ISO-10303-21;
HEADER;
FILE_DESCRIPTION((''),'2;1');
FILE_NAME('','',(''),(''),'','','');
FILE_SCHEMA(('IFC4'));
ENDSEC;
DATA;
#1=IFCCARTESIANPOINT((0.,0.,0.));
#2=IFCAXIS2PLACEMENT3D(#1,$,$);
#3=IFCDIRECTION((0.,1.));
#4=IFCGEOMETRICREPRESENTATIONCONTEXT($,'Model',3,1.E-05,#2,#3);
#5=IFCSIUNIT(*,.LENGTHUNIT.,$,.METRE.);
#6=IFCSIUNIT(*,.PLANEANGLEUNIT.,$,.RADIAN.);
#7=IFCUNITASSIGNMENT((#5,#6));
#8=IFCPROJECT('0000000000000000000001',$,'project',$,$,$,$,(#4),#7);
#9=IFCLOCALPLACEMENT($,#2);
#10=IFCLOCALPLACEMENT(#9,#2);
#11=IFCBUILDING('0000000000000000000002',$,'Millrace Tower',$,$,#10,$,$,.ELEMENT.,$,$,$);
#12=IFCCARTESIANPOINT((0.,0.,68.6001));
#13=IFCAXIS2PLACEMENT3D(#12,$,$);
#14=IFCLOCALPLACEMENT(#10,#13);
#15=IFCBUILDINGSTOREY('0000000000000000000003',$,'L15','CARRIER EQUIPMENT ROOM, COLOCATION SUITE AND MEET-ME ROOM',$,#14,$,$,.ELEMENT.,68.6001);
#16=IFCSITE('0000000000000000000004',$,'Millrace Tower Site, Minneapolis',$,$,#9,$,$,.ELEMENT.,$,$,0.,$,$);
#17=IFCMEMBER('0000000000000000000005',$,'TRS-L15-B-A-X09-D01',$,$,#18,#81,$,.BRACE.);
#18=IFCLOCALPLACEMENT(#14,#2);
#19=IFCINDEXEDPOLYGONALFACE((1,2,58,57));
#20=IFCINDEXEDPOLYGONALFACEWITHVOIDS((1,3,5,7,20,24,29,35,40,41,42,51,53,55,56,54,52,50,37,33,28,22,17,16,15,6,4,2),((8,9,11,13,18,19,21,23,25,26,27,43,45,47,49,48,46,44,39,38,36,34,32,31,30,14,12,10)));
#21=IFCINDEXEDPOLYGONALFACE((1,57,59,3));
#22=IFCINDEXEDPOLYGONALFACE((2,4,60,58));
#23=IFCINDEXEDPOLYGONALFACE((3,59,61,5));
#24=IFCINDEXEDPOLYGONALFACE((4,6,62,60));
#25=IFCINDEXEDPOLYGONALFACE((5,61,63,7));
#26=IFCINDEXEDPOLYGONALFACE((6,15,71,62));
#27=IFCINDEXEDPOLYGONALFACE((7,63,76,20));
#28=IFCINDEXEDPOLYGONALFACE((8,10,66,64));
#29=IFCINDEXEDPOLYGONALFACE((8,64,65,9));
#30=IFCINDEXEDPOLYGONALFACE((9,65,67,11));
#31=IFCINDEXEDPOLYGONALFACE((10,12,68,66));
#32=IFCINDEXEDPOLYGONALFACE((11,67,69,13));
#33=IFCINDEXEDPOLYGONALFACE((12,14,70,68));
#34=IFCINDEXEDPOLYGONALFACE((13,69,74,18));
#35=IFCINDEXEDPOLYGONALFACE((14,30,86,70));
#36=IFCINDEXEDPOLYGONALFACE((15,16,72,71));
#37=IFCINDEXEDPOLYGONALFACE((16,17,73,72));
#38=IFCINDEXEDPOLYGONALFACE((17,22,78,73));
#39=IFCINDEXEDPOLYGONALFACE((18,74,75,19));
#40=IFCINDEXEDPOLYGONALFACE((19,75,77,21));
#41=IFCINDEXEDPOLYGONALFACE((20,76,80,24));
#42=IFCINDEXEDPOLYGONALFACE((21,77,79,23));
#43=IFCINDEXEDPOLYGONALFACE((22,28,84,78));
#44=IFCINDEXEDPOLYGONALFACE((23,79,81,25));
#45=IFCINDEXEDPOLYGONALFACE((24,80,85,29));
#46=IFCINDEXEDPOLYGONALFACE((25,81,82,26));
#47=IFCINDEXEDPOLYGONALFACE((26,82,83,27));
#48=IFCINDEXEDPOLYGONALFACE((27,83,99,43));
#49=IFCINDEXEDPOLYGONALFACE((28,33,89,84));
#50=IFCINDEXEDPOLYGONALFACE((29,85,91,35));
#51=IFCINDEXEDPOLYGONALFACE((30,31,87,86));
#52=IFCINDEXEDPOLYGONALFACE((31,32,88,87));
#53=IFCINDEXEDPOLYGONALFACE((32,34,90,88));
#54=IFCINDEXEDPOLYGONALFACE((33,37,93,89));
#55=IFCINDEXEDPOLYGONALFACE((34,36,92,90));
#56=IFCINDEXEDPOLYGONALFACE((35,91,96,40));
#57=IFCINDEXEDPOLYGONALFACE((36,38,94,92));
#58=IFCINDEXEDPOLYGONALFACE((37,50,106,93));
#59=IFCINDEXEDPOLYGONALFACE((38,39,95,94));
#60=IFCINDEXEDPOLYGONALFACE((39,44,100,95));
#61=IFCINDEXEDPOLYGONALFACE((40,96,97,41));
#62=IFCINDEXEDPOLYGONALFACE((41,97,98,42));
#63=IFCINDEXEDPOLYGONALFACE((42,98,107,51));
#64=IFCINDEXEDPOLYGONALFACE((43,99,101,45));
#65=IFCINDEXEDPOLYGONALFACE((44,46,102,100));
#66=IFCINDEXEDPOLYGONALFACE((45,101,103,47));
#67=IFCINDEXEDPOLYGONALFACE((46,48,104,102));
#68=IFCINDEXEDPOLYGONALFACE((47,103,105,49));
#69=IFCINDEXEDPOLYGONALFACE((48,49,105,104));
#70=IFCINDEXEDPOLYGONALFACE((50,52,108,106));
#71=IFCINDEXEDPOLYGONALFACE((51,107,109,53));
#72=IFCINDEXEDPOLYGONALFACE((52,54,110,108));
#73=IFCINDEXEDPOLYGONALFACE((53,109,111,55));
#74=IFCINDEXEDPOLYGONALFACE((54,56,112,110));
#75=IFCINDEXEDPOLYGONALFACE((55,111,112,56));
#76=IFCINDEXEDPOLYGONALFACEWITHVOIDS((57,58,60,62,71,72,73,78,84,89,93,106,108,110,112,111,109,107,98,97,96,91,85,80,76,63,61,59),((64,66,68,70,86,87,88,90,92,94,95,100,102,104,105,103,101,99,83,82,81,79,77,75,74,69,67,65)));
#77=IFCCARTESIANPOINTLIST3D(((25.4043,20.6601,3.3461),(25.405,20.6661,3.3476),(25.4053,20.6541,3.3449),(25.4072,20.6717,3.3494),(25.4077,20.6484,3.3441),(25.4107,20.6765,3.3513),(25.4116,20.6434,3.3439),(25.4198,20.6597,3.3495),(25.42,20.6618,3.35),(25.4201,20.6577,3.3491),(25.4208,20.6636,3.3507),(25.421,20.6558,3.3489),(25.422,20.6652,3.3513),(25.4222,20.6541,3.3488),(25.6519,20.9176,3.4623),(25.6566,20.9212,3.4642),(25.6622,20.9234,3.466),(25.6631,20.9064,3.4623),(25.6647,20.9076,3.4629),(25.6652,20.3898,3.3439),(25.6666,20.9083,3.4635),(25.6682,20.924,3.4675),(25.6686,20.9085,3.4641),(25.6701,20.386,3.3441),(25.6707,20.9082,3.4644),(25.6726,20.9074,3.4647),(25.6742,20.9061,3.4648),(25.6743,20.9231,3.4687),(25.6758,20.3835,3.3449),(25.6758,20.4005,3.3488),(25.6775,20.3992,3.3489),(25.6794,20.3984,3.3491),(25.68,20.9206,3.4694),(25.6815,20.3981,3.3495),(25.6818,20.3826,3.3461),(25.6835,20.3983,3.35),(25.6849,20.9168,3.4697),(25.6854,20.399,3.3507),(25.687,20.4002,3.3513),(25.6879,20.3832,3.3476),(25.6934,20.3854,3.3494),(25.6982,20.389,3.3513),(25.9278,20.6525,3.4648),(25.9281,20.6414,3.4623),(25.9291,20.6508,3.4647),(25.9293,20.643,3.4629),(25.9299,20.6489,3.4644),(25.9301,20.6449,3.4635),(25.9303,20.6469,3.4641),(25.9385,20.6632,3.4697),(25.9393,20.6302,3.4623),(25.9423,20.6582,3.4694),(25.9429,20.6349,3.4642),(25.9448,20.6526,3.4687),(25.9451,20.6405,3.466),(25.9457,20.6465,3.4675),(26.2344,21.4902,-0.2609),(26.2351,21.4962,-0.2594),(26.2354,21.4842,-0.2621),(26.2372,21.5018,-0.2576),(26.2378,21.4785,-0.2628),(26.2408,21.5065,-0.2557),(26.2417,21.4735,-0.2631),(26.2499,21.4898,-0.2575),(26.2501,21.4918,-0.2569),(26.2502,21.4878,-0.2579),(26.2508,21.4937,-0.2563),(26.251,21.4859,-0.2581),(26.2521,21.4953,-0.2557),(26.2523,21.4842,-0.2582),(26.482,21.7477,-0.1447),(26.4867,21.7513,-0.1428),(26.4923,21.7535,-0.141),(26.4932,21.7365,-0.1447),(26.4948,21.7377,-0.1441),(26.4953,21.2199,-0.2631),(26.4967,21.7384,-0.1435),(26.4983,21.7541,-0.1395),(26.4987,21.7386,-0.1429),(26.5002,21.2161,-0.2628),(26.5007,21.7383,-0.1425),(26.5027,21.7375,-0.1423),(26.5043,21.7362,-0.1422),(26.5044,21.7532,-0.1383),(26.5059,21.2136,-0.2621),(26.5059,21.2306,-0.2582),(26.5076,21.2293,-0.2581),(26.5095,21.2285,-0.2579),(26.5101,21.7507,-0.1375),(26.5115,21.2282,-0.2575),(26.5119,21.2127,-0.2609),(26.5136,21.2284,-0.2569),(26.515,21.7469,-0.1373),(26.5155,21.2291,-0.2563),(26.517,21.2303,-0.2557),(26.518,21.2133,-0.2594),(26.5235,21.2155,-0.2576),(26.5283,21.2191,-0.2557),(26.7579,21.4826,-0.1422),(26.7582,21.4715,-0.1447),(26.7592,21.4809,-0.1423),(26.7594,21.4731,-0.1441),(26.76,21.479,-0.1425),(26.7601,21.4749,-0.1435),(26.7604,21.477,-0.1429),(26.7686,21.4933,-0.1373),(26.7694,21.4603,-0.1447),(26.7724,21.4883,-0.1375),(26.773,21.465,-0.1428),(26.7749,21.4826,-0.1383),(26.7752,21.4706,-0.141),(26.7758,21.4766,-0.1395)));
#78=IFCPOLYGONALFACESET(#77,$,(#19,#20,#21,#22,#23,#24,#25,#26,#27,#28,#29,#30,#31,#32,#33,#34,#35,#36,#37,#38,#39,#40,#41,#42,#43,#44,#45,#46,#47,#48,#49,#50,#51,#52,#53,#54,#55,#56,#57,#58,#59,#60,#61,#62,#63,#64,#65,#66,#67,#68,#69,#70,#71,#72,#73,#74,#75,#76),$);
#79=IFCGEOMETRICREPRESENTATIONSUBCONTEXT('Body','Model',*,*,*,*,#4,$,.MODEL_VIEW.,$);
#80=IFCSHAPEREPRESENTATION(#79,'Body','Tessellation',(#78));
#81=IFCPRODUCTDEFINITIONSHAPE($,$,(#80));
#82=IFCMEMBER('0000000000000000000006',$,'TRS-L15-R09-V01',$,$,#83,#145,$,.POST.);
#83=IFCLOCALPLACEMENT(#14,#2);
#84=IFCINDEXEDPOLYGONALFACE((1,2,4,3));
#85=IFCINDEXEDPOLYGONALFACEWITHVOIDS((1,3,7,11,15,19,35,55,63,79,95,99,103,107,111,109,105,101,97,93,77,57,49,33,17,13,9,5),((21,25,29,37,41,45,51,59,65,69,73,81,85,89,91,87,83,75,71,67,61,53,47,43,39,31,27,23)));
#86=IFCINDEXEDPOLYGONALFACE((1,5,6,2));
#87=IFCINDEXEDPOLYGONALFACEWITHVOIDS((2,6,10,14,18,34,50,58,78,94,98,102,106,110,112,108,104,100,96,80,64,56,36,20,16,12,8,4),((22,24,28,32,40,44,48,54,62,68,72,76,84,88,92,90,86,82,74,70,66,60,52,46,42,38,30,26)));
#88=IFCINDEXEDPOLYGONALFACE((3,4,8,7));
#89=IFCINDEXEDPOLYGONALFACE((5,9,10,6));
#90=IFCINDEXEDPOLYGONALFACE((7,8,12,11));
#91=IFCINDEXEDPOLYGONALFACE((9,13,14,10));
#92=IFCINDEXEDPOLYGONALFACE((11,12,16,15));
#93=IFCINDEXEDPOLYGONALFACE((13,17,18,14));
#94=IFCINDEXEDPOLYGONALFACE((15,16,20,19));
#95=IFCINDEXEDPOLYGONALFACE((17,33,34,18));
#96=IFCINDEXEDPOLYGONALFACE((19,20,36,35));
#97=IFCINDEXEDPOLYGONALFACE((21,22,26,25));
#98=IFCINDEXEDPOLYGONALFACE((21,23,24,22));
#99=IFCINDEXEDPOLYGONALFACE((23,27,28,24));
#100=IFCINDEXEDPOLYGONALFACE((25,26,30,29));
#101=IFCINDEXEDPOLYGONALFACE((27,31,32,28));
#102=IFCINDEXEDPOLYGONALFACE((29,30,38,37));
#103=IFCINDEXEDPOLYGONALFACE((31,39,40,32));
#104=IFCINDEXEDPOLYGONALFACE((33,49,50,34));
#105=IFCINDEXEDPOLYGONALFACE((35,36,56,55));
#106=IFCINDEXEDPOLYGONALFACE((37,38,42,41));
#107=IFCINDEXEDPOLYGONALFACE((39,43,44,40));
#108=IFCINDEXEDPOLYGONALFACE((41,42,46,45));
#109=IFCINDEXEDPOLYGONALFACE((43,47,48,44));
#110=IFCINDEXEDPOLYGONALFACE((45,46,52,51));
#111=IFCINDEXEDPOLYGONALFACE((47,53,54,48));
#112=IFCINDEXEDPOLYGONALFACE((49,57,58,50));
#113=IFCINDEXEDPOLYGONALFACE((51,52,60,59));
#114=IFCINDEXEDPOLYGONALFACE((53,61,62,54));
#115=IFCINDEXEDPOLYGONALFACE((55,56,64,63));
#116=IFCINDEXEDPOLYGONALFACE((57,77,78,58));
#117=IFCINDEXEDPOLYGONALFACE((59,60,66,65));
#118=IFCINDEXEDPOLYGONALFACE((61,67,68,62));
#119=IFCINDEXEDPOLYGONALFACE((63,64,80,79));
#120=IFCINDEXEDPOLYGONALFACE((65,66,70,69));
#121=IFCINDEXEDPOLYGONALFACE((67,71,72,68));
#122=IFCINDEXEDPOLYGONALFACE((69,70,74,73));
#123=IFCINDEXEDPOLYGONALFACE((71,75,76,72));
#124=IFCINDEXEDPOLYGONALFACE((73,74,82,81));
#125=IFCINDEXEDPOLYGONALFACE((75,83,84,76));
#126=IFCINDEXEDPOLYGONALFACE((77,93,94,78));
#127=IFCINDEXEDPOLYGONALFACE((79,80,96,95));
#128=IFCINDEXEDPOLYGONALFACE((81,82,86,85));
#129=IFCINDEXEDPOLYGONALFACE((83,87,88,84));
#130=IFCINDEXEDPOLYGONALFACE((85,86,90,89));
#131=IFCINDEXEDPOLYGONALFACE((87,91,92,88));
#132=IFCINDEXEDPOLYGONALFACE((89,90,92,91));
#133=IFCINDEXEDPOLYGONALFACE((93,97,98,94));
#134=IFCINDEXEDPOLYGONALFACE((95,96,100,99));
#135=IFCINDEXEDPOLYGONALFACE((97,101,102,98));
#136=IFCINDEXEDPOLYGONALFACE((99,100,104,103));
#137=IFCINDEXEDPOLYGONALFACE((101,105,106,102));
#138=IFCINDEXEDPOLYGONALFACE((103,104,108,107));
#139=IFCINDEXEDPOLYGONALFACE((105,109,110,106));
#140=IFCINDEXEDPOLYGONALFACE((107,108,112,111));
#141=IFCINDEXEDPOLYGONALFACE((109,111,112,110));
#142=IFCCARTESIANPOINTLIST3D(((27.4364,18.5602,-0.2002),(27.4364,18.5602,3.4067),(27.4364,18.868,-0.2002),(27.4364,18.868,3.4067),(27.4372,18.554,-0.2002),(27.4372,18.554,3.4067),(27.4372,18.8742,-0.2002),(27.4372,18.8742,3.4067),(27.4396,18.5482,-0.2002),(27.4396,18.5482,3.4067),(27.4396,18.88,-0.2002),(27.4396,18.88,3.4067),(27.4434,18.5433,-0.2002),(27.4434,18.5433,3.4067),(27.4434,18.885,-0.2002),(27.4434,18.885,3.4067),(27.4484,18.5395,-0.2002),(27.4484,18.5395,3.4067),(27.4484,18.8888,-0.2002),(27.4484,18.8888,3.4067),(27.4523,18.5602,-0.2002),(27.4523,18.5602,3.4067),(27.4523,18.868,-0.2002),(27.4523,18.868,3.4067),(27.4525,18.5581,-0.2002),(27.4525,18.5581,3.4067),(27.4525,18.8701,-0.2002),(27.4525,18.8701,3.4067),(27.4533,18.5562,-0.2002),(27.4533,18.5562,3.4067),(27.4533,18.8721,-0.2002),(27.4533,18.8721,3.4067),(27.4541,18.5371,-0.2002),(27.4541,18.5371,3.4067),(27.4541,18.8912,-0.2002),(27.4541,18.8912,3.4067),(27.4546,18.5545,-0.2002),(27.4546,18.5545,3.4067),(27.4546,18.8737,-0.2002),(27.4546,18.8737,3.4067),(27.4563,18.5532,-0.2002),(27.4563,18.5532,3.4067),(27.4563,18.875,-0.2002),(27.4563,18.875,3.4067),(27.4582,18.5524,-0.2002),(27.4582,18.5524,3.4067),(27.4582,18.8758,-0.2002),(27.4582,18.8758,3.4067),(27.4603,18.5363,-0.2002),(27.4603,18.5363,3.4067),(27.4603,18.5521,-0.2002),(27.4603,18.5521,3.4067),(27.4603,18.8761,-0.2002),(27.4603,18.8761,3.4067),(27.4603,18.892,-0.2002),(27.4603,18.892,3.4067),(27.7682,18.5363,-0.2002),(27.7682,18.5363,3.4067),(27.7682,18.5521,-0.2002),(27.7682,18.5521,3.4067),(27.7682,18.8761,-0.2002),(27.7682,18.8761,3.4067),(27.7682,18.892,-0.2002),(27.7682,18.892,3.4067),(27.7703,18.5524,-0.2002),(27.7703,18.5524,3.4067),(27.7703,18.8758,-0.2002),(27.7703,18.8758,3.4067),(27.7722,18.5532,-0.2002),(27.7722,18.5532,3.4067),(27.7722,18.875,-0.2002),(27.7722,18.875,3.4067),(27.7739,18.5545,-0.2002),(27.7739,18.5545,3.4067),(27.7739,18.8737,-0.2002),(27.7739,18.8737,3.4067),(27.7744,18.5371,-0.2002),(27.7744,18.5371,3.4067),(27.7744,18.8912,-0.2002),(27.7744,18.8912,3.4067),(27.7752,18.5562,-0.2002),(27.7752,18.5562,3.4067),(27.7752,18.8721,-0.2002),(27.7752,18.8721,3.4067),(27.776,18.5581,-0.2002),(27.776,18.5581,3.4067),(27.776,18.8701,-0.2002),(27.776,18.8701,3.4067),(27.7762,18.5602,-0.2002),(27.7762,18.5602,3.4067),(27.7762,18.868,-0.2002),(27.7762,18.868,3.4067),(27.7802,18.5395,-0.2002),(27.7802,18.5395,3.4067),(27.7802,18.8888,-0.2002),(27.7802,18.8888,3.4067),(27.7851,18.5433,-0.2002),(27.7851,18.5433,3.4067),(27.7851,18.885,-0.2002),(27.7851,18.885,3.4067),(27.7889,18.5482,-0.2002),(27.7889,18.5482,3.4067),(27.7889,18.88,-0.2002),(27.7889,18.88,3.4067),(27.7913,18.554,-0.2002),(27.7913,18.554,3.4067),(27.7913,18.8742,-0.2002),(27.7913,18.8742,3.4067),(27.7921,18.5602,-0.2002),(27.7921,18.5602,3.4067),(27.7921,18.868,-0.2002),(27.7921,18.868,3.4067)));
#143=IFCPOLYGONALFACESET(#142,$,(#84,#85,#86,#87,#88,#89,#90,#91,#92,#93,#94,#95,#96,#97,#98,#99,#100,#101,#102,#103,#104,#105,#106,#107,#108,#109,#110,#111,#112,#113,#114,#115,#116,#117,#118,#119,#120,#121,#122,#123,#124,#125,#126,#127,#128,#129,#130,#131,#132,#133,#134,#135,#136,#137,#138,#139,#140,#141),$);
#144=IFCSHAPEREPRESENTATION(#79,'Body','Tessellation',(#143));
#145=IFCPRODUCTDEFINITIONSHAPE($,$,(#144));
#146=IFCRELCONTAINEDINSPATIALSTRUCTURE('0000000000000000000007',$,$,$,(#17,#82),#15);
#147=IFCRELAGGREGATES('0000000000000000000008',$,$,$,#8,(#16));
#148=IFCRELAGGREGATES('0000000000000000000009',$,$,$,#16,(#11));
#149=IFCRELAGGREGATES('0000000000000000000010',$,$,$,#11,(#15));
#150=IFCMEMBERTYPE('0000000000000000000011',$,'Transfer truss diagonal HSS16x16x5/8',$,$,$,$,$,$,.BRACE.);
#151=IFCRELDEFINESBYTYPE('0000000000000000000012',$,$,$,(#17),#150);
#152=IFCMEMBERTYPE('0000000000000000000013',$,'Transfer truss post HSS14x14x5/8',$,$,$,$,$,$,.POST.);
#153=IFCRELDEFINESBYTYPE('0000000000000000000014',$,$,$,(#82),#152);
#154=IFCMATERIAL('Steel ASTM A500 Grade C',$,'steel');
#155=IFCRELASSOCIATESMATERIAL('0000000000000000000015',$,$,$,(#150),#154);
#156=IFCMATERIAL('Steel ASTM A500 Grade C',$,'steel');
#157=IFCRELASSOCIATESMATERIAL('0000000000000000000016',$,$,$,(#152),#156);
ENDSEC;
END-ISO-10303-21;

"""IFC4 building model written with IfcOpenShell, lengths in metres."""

from ifc_helpers import new_model, si_unit, direction, frame, origin, origin_2d, place, context, subcontext, project, spatial, hollow_rectangle, extrude, material, material_profile, profile_set, type_object, element, save


model = new_model("IFC4")

# Units and contexts
model_context = context("Model", 3, precision=1e-05, world=origin(), true_north=direction((0.0, 1.0)))
body_context = subcontext(model_context, "Body", "Model", "MODEL_VIEW")
ifc_project = project(units=[si_unit("LENGTHUNIT", "METRE"), si_unit("PLANEANGLEUNIT", "RADIAN")], contexts=[model_context])

# Site, building, storey
site_placement = place(None, origin())
site = spatial("IfcSite", under=ifc_project, at=site_placement, Name="Millrace Tower Site, Minneapolis", CompositionType="ELEMENT", RefElevation=0.0)
building_placement = place(site_placement, origin())
building = spatial("IfcBuilding", under=site, at=building_placement, Name="Millrace Tower", CompositionType="ELEMENT")
storey_placement = place(building_placement, frame((0.0, 0.0, 68.6001)))
storey = spatial("IfcBuildingStorey", under=building, at=storey_placement, Name="L15", Description="CARRIER EQUIPMENT ROOM, COLOCATION SUITE AND MEET-ME ROOM", CompositionType="ELEMENT", Elevation=68.6001)

# Members
ifc_material_1 = material(Name="Steel ASTM A500 Grade C", Category="steel")
ifc_material_profile_1 = material_profile(ifc_material_1, hollow_rectangle(XDim=0.4065, YDim=0.4065, WallThickness=0.0159, InnerFilletRadius=0.0081, OuterFilletRadius=0.0239, at=origin_2d()))
ifc_profile_set_1 = profile_set([ifc_material_profile_1], Name="Steel ASTM A500 Grade C")
member_type_1 = type_object("IfcMemberType", Name="Transfer truss diagonal HSS16x16x5/8", PredefinedType="BRACE", material=ifc_profile_set_1)
member_1_placement = place(storey_placement, frame((26.5051, 21.4834, -0.2002), z_axis=(-0.218836, -0.218836, 0.950906), x_axis=(0.707107, -0.707107, 0.0)))
element("IfcMember", 1, at=member_1_placement, inside=storey, type_object=member_type_1, Name="TRS-L15-B-A-X09-D01", PredefinedType="BRACE", context=body_context, shape_type="SweptSolid", body=[
    extrude(hollow_rectangle(XDim=0.4065, YDim=0.4065, WallThickness=0.0159, InnerFilletRadius=0.0081, OuterFilletRadius=0.0239, at=origin_2d()), origin(), (0.0, 0.0, 1.0), 3.7932),
])
ifc_material_2 = material(Name="Steel ASTM A500 Grade C", Category="steel")
ifc_material_profile_2 = material_profile(ifc_material_2, hollow_rectangle(XDim=0.3557, YDim=0.3557, WallThickness=0.0159, InnerFilletRadius=0.0081, OuterFilletRadius=0.0239, at=origin_2d()))
ifc_profile_set_2 = profile_set([ifc_material_profile_2], Name="Steel ASTM A500 Grade C")
member_type_2 = type_object("IfcMemberType", Name="Transfer truss post HSS14x14x5/8", PredefinedType="POST", material=ifc_profile_set_2)
for number, where, z_axis, x_axis, name in (
    (2, (27.6143, 18.7141, -0.2002), (0.0, 0.0, 1.0), (1.0, 0.0, 0.0), "TRS-L15-R09-V01"),
):
    element("IfcMember", number, at=place(storey_placement, frame(where, z_axis=z_axis, x_axis=x_axis)), inside=storey, type_object=member_type_2, Name=name, PredefinedType="POST", context=body_context, shape_type="SweptSolid", body=[
        extrude(hollow_rectangle(XDim=0.3557, YDim=0.3557, WallThickness=0.0159, InnerFilletRadius=0.0081, OuterFilletRadius=0.0239, at=origin_2d()), origin(), (0.0, 0.0, 1.0), 3.6069),
    ])

save(model, "model.ifc")
